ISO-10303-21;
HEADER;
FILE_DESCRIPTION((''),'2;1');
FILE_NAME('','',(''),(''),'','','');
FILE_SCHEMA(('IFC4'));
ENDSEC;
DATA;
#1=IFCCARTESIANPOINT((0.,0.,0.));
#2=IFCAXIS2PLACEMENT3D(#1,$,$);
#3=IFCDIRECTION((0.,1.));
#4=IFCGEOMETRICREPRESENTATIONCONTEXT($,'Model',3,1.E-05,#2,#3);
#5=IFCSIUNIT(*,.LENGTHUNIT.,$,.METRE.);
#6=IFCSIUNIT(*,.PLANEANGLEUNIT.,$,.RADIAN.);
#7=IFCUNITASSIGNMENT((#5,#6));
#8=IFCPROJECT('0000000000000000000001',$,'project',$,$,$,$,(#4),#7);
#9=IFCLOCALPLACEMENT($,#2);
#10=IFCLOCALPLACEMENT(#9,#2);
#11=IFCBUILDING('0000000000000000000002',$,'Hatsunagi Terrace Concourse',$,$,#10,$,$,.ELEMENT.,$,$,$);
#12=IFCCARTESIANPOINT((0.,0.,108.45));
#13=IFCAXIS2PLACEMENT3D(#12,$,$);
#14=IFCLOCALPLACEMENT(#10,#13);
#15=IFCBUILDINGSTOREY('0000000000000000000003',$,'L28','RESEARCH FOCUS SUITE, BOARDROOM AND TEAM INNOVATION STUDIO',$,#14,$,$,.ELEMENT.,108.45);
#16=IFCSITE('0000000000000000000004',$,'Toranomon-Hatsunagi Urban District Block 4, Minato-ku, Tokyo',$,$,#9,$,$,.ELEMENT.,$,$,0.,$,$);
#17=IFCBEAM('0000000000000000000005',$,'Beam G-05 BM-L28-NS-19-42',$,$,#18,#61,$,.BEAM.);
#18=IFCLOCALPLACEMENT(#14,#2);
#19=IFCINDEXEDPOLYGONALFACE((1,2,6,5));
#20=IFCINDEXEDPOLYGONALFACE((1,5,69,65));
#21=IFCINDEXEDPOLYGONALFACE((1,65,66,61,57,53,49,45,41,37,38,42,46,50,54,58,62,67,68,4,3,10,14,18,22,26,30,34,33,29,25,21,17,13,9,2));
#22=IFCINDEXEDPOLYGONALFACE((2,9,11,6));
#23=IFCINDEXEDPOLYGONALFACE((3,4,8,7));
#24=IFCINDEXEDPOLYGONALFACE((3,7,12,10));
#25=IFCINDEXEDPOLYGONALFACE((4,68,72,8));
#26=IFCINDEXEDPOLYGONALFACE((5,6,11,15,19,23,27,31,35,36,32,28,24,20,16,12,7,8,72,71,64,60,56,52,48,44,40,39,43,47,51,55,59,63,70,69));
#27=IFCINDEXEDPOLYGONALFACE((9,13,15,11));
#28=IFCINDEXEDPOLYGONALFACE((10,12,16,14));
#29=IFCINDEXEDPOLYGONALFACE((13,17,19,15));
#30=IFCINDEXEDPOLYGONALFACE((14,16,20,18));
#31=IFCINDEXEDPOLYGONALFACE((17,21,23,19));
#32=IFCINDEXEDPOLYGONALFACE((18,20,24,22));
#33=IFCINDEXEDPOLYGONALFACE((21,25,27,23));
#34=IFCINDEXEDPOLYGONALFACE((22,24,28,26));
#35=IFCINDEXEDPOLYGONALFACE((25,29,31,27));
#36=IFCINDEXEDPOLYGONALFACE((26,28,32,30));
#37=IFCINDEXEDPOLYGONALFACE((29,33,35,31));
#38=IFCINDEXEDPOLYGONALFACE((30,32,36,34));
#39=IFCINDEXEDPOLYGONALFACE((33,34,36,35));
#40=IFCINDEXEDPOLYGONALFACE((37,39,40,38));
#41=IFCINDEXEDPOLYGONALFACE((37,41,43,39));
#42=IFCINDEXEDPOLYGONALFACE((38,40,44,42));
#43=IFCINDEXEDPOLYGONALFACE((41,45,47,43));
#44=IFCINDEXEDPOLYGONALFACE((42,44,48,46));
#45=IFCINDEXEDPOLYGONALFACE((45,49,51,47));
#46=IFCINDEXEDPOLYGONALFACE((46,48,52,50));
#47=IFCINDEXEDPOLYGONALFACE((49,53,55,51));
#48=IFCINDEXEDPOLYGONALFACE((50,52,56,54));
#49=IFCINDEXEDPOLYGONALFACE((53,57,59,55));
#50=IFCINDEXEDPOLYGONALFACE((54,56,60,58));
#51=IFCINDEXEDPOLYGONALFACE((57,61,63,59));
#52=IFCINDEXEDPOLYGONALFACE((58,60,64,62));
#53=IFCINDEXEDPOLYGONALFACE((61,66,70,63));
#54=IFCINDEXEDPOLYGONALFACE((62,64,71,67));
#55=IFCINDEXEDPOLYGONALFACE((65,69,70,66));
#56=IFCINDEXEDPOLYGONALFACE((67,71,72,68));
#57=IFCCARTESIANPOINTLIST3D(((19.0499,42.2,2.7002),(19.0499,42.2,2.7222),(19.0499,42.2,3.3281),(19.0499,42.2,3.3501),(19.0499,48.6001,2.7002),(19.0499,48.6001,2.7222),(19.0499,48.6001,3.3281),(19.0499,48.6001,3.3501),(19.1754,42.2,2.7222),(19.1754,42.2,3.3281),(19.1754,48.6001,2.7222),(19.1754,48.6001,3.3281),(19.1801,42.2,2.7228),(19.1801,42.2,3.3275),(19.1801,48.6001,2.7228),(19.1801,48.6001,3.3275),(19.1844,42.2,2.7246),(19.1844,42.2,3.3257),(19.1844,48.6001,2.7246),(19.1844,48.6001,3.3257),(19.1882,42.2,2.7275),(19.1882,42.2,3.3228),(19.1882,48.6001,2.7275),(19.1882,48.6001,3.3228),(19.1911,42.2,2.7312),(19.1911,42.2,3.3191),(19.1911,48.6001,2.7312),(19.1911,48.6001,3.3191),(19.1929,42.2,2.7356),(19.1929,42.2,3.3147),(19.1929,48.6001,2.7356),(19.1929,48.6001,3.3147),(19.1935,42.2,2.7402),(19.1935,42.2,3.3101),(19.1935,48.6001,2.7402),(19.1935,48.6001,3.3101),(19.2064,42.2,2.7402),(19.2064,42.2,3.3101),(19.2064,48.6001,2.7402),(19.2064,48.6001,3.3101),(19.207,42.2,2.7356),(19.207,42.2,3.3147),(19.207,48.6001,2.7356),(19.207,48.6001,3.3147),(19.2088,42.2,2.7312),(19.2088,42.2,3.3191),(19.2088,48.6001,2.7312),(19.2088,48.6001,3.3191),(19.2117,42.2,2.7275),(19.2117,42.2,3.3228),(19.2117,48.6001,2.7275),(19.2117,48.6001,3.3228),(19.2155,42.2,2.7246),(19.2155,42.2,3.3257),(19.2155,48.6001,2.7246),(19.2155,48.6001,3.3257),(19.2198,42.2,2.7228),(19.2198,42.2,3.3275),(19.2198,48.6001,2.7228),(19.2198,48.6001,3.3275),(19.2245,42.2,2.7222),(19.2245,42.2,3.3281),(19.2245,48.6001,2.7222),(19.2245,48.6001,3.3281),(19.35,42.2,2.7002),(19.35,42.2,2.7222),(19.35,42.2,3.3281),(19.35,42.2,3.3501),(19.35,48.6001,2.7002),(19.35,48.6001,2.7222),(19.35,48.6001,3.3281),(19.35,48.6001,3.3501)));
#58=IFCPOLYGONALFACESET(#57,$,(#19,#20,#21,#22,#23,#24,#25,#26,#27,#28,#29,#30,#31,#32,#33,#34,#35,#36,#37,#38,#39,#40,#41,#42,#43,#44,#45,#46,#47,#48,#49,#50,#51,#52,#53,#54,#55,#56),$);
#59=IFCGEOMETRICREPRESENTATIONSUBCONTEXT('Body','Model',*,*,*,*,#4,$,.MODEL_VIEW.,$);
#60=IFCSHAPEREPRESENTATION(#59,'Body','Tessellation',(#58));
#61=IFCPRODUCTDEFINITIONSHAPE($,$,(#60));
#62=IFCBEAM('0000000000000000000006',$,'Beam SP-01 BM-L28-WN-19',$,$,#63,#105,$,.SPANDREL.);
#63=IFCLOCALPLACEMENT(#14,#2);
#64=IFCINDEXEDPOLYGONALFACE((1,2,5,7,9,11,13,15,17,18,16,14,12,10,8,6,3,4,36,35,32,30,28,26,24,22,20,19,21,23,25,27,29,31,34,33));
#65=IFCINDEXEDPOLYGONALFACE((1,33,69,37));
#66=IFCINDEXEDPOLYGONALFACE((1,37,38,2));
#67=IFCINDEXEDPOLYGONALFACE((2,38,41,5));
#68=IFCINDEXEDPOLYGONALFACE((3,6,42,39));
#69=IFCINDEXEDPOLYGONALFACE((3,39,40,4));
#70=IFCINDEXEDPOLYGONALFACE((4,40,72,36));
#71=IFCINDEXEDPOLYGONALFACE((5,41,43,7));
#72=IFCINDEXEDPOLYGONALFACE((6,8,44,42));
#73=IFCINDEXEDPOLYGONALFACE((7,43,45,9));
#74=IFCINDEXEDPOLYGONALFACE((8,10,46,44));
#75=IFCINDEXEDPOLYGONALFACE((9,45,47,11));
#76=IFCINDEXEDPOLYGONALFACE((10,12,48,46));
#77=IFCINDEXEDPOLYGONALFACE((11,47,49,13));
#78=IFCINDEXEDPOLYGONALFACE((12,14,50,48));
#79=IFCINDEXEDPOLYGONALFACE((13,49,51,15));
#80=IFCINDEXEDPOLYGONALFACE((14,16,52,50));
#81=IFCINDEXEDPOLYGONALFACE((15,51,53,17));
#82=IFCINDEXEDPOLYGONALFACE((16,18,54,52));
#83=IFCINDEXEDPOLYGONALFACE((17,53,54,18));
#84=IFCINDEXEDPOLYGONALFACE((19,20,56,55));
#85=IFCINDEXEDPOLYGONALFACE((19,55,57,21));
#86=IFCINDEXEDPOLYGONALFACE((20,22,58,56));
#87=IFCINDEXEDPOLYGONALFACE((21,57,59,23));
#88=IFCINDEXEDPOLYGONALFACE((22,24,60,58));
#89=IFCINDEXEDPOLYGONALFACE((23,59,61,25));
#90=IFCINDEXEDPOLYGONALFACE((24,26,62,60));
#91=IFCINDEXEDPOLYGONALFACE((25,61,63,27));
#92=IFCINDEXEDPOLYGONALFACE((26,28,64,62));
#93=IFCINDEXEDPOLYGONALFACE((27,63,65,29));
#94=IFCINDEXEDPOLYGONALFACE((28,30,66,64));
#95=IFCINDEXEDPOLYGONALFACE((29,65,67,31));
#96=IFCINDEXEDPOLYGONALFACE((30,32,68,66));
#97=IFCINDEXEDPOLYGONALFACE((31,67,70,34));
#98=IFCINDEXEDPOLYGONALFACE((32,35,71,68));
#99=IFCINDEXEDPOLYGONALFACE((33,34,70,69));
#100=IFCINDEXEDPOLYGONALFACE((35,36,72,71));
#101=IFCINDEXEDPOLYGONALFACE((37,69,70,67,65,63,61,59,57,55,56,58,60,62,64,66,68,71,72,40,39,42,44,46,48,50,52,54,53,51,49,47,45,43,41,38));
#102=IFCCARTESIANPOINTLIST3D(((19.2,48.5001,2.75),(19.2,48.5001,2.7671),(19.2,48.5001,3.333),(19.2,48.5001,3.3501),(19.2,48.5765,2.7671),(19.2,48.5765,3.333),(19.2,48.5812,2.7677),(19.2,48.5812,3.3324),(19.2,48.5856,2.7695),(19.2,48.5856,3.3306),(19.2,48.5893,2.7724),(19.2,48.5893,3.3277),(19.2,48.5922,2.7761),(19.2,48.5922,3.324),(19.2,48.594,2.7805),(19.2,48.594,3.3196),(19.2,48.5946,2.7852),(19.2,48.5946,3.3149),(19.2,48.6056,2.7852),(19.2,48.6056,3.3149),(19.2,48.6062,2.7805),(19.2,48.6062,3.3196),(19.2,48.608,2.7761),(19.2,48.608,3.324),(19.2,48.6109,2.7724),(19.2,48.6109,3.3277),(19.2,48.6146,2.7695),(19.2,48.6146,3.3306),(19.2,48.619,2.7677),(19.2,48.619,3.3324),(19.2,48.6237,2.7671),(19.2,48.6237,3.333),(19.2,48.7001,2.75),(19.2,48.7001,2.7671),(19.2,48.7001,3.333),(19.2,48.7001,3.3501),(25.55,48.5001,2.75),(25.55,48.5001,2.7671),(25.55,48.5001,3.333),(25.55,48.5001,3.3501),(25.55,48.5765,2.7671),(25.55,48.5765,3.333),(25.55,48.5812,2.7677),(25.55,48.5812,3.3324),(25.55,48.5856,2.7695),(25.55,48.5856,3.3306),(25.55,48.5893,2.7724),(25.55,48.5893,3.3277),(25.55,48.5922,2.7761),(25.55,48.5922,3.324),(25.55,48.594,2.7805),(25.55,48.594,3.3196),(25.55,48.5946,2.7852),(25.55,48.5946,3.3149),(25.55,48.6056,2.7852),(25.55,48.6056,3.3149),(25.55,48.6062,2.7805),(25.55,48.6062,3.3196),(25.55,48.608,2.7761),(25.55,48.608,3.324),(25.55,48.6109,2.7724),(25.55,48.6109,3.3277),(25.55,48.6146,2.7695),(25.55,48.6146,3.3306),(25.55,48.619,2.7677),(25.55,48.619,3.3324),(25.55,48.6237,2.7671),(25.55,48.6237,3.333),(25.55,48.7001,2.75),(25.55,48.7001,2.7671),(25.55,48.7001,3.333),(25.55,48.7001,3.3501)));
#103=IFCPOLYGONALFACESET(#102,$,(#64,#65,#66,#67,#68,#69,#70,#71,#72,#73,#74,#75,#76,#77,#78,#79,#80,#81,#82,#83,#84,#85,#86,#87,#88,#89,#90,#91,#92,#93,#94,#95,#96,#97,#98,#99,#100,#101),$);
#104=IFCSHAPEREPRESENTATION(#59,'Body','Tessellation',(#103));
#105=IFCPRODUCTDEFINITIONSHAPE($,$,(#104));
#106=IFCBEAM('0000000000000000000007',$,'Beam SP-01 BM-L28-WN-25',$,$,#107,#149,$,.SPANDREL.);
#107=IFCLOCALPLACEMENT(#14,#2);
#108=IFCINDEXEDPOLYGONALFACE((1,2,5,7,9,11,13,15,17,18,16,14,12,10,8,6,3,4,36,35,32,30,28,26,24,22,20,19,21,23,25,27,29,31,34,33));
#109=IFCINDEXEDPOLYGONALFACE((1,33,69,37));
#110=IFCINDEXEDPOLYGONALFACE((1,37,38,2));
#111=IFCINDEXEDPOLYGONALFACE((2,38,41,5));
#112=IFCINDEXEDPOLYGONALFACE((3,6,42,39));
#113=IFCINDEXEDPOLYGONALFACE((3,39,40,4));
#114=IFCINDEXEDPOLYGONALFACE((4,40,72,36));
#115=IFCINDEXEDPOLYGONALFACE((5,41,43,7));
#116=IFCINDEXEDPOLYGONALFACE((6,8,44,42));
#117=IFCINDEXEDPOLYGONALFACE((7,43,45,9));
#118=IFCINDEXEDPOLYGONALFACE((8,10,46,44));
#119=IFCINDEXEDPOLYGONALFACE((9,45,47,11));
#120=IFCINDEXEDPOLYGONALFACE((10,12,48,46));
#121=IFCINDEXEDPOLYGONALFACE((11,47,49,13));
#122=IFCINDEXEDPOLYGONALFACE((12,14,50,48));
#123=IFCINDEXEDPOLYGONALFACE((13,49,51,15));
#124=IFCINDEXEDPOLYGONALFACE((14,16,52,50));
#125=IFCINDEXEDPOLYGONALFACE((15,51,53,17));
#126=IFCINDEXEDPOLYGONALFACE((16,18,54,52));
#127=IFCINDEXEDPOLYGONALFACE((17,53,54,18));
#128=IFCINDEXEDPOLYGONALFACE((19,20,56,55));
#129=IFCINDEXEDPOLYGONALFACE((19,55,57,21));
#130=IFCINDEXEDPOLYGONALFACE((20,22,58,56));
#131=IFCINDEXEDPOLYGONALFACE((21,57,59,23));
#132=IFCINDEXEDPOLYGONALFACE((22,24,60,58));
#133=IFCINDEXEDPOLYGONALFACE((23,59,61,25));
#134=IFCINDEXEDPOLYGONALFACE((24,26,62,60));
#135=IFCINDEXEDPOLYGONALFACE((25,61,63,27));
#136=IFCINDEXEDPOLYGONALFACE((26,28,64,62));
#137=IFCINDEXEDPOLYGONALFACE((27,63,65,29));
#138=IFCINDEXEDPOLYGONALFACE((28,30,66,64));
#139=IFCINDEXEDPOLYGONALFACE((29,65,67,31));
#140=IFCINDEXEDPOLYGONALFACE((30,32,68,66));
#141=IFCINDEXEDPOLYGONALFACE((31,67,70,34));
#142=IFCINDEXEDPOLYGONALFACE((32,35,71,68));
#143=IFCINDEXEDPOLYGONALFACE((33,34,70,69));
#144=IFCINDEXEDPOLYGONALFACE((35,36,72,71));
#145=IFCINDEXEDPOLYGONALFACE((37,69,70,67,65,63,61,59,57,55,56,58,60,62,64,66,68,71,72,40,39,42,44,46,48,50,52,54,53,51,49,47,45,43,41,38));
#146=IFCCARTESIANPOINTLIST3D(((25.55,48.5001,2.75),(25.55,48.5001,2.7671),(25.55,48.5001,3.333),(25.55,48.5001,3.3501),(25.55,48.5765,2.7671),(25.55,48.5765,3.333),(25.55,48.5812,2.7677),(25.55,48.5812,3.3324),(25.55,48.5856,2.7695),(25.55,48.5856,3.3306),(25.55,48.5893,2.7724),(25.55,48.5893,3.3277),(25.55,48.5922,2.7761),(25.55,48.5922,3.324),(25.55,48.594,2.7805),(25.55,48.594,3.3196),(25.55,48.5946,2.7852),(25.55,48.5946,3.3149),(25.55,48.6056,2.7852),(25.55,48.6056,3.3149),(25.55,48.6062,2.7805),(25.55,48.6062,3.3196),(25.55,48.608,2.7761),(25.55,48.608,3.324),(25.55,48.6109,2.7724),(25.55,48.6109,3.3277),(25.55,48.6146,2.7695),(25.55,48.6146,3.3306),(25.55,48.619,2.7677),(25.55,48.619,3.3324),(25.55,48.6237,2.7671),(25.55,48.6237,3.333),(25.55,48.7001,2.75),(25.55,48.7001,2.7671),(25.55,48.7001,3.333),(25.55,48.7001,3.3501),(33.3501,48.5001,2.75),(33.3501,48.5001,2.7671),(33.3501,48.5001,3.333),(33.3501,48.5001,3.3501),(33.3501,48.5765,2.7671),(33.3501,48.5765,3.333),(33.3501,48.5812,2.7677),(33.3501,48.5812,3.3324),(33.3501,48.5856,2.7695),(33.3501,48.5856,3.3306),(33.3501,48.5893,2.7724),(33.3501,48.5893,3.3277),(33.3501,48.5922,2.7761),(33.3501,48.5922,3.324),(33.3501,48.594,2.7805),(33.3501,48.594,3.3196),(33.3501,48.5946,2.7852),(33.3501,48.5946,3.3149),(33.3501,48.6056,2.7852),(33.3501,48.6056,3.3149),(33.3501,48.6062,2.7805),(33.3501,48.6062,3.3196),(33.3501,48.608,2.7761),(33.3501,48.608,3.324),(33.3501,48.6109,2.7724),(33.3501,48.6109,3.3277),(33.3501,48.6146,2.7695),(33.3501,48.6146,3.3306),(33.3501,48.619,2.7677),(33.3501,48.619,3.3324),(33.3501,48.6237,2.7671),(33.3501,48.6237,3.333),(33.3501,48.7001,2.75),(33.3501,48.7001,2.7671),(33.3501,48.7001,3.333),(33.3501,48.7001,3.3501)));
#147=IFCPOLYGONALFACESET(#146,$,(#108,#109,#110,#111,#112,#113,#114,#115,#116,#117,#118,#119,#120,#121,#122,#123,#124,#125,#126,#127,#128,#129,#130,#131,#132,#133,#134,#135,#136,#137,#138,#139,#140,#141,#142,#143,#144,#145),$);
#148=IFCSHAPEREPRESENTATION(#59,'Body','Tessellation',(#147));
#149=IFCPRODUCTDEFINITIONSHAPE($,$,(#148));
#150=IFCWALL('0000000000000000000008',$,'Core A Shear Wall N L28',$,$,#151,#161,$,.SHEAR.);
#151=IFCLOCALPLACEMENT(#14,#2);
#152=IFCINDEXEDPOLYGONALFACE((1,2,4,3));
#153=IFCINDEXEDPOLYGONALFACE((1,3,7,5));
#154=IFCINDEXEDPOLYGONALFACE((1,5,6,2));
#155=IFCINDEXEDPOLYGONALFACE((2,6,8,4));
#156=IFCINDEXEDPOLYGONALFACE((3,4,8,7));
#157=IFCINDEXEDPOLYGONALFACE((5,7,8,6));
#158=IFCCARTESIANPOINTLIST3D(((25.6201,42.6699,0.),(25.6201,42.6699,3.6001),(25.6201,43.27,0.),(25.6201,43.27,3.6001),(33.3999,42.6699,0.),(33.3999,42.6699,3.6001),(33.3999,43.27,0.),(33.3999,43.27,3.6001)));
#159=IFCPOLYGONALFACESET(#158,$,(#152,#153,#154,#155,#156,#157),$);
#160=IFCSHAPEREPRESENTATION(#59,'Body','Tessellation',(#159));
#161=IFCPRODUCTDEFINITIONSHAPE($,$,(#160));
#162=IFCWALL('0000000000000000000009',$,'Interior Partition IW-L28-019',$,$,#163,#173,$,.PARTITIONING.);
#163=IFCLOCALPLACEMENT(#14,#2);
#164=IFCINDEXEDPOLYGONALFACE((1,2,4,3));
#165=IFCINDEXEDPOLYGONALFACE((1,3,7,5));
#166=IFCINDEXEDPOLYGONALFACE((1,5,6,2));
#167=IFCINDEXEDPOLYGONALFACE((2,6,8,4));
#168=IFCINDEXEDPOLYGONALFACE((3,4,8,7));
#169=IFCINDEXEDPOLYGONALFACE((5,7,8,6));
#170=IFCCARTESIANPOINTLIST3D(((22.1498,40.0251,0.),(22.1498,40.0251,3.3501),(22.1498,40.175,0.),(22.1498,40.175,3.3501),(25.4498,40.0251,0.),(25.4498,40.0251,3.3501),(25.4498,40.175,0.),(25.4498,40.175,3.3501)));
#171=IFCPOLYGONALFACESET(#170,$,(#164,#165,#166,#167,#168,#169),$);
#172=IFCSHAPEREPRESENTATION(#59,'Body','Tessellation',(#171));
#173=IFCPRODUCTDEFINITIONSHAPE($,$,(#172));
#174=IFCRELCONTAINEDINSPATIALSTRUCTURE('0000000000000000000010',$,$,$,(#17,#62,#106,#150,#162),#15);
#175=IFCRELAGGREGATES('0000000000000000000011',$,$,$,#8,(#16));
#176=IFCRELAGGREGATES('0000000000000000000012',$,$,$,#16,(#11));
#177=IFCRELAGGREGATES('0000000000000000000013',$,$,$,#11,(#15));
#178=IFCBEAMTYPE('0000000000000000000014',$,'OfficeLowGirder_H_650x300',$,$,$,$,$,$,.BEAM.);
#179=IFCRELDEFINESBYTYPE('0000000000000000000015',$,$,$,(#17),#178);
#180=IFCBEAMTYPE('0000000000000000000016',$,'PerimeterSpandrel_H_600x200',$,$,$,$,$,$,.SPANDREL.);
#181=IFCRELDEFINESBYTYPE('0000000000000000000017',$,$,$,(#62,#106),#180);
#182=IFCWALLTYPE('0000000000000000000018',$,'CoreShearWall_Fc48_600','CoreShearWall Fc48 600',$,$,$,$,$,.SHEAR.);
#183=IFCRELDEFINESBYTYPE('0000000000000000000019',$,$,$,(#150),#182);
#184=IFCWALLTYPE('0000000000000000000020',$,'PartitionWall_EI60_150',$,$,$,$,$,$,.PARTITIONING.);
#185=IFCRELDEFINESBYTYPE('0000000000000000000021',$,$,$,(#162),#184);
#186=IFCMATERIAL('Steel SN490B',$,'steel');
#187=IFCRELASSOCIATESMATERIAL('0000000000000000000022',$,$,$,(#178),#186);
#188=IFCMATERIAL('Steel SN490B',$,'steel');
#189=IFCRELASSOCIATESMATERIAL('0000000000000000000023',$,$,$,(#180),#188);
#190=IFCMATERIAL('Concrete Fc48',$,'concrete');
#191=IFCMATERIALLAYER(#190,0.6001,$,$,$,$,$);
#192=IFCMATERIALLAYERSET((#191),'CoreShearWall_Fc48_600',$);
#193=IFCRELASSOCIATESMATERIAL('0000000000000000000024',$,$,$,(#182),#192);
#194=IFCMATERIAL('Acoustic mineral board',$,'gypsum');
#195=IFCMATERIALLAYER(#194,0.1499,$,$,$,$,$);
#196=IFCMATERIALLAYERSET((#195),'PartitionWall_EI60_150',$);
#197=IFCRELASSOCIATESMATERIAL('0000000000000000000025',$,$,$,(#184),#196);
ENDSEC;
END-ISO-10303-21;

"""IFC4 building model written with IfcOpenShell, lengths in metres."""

from ifc_helpers import new_model, si_unit, direction, frame, frame_2d, origin, origin_2d, place, context, subcontext, project, spatial, rectangle, i_section, extrude, material, layer, layer_set, material_profile, profile_set, type_object, element, save


model = new_model("IFC4")

# Units and contexts
model_context = context("Model", 3, precision=1e-05, world=origin(), true_north=direction((0.0, 1.0)))
body_context = subcontext(model_context, "Body", "Model", "MODEL_VIEW")
ifc_project = project(units=[si_unit("LENGTHUNIT", "METRE"), si_unit("PLANEANGLEUNIT", "RADIAN")], contexts=[model_context])

# Site, building, storey
site_placement = place(None, origin())
site = spatial("IfcSite", under=ifc_project, at=site_placement, Name="Toranomon-Hatsunagi Urban District Block 4, Minato-ku, Tokyo", CompositionType="ELEMENT", RefElevation=0.0)
building_placement = place(site_placement, origin())
building = spatial("IfcBuilding", under=site, at=building_placement, Name="Hatsunagi Terrace Concourse", CompositionType="ELEMENT")
storey_placement = place(building_placement, frame((0.0, 0.0, 108.45)))
storey = spatial("IfcBuildingStorey", under=building, at=storey_placement, Name="L28", Description="RESEARCH FOCUS SUITE, BOARDROOM AND TEAM INNOVATION STUDIO", CompositionType="ELEMENT", Elevation=108.45)

# Beams
ifc_material_1 = material(Name="Steel SN490B", Category="steel")
ifc_material_profile_1 = material_profile(ifc_material_1, i_section(OverallWidth=0.3, OverallDepth=0.6499, WebThickness=0.0129, FlangeThickness=0.022, FilletRadius=0.0181, at=origin_2d()), Name="H-650x300x13x22")
ifc_profile_set_1 = profile_set([ifc_material_profile_1], Name="Steel SN490B")
beam_type_1 = type_object("IfcBeamType", Name="OfficeLowGirder_H_650x300", PredefinedType="BEAM", material=ifc_profile_set_1)
beam_1_placement = place(storey_placement, frame((19.2, 42.2, 3.0251), z_axis=(0.0, 1.0, 0.0), x_axis=(-1.0, 0.0, 0.0)))
element("IfcBeam", 1, at=beam_1_placement, inside=storey, type_object=beam_type_1, Name="Beam G-05 BM-L28-NS-19-42", PredefinedType="BEAM", context=body_context, shape_type="SweptSolid", body=[
    extrude(i_section(OverallWidth=0.3, OverallDepth=0.6499, WebThickness=0.0129, FlangeThickness=0.022, FilletRadius=0.0181, at=origin_2d()), origin(), (0.0, 0.0, 1.0), 6.4001),
])
ifc_material_2 = material(Name="Steel SN490B", Category="steel")
ifc_material_profile_2 = material_profile(ifc_material_2, i_section(OverallWidth=0.2, OverallDepth=0.6001, WebThickness=0.011, FlangeThickness=0.0171, FilletRadius=0.0181, at=origin_2d()), Name="H-600x200x11x17")
ifc_profile_set_2 = profile_set([ifc_material_profile_2], Name="Steel SN490B")
beam_type_2 = type_object("IfcBeamType", Name="PerimeterSpandrel_H_600x200", PredefinedType="SPANDREL", material=ifc_profile_set_2)
beam_2_placement = place(storey_placement, frame((19.2, 48.6001, 3.05), z_axis=(1.0, 0.0, 0.0), x_axis=(0.0, 1.0, 0.0)))
element("IfcBeam", 2, at=beam_2_placement, inside=storey, type_object=beam_type_2, Name="Beam SP-01 BM-L28-WN-19", PredefinedType="SPANDREL", context=body_context, shape_type="SweptSolid", body=[
    extrude(i_section(OverallWidth=0.2, OverallDepth=0.6001, WebThickness=0.011, FlangeThickness=0.0171, FilletRadius=0.0181, at=origin_2d()), origin(), (0.0, 0.0, 1.0), 6.3501),
])
beam_3_placement = place(storey_placement, frame((25.55, 48.6001, 3.05), z_axis=(1.0, 0.0, 0.0), x_axis=(0.0, 1.0, 0.0)))
element("IfcBeam", 3, at=beam_3_placement, inside=storey, type_object=beam_type_2, Name="Beam SP-01 BM-L28-WN-25", PredefinedType="SPANDREL", context=body_context, shape_type="SweptSolid", body=[
    extrude(i_section(OverallWidth=0.2, OverallDepth=0.6001, WebThickness=0.011, FlangeThickness=0.0171, FilletRadius=0.0181, at=origin_2d()), origin(), (0.0, 0.0, 1.0), 7.8),
])

# Walls
ifc_material_3 = material(Name="Concrete Fc48", Category="concrete")
ifc_layer_1 = layer(ifc_material_3, 0.6001)
ifc_layer_set_1 = layer_set([ifc_layer_1], Name="CoreShearWall_Fc48_600")
wall_type_1 = type_object("IfcWallType", Name="CoreShearWall_Fc48_600", Description="CoreShearWall Fc48 600", PredefinedType="SHEAR", material=ifc_layer_set_1)
wall_1_placement = place(storey_placement, frame((25.6201, 42.97, 0.0), z_axis=(0.0, 0.0, 1.0), x_axis=(1.0, 0.0, 0.0)))
element("IfcWall", 4, at=wall_1_placement, inside=storey, type_object=wall_type_1, Name="Core A Shear Wall N L28", PredefinedType="SHEAR", context=body_context, shape_type="SweptSolid", body=[
    extrude(rectangle(XDim=7.7798, YDim=0.6001, at=frame_2d((3.8899, 0.0))), origin(), (0.0, 0.0, 1.0), 3.6001),
])
ifc_material_4 = material(Name="Acoustic mineral board", Category="gypsum")
ifc_layer_2 = layer(ifc_material_4, 0.1499)
ifc_layer_set_2 = layer_set([ifc_layer_2], Name="PartitionWall_EI60_150")
wall_type_2 = type_object("IfcWallType", Name="PartitionWall_EI60_150", PredefinedType="PARTITIONING", material=ifc_layer_set_2)
wall_2_placement = place(storey_placement, frame((22.1499, 40.1001, 0.0), z_axis=(0.0, 0.0, 1.0), x_axis=(1.0, 0.0, 0.0)))
element("IfcWall", 5, at=wall_2_placement, inside=storey, type_object=wall_type_2, Name="Interior Partition IW-L28-019", PredefinedType="PARTITIONING", context=body_context, shape_type="SweptSolid", body=[
    extrude(rectangle(XDim=3.3, YDim=0.1499, at=frame_2d((1.6499, 0.0))), origin(), (0.0, 0.0, 1.0), 3.3501),
])

save(model, "model.ifc")
